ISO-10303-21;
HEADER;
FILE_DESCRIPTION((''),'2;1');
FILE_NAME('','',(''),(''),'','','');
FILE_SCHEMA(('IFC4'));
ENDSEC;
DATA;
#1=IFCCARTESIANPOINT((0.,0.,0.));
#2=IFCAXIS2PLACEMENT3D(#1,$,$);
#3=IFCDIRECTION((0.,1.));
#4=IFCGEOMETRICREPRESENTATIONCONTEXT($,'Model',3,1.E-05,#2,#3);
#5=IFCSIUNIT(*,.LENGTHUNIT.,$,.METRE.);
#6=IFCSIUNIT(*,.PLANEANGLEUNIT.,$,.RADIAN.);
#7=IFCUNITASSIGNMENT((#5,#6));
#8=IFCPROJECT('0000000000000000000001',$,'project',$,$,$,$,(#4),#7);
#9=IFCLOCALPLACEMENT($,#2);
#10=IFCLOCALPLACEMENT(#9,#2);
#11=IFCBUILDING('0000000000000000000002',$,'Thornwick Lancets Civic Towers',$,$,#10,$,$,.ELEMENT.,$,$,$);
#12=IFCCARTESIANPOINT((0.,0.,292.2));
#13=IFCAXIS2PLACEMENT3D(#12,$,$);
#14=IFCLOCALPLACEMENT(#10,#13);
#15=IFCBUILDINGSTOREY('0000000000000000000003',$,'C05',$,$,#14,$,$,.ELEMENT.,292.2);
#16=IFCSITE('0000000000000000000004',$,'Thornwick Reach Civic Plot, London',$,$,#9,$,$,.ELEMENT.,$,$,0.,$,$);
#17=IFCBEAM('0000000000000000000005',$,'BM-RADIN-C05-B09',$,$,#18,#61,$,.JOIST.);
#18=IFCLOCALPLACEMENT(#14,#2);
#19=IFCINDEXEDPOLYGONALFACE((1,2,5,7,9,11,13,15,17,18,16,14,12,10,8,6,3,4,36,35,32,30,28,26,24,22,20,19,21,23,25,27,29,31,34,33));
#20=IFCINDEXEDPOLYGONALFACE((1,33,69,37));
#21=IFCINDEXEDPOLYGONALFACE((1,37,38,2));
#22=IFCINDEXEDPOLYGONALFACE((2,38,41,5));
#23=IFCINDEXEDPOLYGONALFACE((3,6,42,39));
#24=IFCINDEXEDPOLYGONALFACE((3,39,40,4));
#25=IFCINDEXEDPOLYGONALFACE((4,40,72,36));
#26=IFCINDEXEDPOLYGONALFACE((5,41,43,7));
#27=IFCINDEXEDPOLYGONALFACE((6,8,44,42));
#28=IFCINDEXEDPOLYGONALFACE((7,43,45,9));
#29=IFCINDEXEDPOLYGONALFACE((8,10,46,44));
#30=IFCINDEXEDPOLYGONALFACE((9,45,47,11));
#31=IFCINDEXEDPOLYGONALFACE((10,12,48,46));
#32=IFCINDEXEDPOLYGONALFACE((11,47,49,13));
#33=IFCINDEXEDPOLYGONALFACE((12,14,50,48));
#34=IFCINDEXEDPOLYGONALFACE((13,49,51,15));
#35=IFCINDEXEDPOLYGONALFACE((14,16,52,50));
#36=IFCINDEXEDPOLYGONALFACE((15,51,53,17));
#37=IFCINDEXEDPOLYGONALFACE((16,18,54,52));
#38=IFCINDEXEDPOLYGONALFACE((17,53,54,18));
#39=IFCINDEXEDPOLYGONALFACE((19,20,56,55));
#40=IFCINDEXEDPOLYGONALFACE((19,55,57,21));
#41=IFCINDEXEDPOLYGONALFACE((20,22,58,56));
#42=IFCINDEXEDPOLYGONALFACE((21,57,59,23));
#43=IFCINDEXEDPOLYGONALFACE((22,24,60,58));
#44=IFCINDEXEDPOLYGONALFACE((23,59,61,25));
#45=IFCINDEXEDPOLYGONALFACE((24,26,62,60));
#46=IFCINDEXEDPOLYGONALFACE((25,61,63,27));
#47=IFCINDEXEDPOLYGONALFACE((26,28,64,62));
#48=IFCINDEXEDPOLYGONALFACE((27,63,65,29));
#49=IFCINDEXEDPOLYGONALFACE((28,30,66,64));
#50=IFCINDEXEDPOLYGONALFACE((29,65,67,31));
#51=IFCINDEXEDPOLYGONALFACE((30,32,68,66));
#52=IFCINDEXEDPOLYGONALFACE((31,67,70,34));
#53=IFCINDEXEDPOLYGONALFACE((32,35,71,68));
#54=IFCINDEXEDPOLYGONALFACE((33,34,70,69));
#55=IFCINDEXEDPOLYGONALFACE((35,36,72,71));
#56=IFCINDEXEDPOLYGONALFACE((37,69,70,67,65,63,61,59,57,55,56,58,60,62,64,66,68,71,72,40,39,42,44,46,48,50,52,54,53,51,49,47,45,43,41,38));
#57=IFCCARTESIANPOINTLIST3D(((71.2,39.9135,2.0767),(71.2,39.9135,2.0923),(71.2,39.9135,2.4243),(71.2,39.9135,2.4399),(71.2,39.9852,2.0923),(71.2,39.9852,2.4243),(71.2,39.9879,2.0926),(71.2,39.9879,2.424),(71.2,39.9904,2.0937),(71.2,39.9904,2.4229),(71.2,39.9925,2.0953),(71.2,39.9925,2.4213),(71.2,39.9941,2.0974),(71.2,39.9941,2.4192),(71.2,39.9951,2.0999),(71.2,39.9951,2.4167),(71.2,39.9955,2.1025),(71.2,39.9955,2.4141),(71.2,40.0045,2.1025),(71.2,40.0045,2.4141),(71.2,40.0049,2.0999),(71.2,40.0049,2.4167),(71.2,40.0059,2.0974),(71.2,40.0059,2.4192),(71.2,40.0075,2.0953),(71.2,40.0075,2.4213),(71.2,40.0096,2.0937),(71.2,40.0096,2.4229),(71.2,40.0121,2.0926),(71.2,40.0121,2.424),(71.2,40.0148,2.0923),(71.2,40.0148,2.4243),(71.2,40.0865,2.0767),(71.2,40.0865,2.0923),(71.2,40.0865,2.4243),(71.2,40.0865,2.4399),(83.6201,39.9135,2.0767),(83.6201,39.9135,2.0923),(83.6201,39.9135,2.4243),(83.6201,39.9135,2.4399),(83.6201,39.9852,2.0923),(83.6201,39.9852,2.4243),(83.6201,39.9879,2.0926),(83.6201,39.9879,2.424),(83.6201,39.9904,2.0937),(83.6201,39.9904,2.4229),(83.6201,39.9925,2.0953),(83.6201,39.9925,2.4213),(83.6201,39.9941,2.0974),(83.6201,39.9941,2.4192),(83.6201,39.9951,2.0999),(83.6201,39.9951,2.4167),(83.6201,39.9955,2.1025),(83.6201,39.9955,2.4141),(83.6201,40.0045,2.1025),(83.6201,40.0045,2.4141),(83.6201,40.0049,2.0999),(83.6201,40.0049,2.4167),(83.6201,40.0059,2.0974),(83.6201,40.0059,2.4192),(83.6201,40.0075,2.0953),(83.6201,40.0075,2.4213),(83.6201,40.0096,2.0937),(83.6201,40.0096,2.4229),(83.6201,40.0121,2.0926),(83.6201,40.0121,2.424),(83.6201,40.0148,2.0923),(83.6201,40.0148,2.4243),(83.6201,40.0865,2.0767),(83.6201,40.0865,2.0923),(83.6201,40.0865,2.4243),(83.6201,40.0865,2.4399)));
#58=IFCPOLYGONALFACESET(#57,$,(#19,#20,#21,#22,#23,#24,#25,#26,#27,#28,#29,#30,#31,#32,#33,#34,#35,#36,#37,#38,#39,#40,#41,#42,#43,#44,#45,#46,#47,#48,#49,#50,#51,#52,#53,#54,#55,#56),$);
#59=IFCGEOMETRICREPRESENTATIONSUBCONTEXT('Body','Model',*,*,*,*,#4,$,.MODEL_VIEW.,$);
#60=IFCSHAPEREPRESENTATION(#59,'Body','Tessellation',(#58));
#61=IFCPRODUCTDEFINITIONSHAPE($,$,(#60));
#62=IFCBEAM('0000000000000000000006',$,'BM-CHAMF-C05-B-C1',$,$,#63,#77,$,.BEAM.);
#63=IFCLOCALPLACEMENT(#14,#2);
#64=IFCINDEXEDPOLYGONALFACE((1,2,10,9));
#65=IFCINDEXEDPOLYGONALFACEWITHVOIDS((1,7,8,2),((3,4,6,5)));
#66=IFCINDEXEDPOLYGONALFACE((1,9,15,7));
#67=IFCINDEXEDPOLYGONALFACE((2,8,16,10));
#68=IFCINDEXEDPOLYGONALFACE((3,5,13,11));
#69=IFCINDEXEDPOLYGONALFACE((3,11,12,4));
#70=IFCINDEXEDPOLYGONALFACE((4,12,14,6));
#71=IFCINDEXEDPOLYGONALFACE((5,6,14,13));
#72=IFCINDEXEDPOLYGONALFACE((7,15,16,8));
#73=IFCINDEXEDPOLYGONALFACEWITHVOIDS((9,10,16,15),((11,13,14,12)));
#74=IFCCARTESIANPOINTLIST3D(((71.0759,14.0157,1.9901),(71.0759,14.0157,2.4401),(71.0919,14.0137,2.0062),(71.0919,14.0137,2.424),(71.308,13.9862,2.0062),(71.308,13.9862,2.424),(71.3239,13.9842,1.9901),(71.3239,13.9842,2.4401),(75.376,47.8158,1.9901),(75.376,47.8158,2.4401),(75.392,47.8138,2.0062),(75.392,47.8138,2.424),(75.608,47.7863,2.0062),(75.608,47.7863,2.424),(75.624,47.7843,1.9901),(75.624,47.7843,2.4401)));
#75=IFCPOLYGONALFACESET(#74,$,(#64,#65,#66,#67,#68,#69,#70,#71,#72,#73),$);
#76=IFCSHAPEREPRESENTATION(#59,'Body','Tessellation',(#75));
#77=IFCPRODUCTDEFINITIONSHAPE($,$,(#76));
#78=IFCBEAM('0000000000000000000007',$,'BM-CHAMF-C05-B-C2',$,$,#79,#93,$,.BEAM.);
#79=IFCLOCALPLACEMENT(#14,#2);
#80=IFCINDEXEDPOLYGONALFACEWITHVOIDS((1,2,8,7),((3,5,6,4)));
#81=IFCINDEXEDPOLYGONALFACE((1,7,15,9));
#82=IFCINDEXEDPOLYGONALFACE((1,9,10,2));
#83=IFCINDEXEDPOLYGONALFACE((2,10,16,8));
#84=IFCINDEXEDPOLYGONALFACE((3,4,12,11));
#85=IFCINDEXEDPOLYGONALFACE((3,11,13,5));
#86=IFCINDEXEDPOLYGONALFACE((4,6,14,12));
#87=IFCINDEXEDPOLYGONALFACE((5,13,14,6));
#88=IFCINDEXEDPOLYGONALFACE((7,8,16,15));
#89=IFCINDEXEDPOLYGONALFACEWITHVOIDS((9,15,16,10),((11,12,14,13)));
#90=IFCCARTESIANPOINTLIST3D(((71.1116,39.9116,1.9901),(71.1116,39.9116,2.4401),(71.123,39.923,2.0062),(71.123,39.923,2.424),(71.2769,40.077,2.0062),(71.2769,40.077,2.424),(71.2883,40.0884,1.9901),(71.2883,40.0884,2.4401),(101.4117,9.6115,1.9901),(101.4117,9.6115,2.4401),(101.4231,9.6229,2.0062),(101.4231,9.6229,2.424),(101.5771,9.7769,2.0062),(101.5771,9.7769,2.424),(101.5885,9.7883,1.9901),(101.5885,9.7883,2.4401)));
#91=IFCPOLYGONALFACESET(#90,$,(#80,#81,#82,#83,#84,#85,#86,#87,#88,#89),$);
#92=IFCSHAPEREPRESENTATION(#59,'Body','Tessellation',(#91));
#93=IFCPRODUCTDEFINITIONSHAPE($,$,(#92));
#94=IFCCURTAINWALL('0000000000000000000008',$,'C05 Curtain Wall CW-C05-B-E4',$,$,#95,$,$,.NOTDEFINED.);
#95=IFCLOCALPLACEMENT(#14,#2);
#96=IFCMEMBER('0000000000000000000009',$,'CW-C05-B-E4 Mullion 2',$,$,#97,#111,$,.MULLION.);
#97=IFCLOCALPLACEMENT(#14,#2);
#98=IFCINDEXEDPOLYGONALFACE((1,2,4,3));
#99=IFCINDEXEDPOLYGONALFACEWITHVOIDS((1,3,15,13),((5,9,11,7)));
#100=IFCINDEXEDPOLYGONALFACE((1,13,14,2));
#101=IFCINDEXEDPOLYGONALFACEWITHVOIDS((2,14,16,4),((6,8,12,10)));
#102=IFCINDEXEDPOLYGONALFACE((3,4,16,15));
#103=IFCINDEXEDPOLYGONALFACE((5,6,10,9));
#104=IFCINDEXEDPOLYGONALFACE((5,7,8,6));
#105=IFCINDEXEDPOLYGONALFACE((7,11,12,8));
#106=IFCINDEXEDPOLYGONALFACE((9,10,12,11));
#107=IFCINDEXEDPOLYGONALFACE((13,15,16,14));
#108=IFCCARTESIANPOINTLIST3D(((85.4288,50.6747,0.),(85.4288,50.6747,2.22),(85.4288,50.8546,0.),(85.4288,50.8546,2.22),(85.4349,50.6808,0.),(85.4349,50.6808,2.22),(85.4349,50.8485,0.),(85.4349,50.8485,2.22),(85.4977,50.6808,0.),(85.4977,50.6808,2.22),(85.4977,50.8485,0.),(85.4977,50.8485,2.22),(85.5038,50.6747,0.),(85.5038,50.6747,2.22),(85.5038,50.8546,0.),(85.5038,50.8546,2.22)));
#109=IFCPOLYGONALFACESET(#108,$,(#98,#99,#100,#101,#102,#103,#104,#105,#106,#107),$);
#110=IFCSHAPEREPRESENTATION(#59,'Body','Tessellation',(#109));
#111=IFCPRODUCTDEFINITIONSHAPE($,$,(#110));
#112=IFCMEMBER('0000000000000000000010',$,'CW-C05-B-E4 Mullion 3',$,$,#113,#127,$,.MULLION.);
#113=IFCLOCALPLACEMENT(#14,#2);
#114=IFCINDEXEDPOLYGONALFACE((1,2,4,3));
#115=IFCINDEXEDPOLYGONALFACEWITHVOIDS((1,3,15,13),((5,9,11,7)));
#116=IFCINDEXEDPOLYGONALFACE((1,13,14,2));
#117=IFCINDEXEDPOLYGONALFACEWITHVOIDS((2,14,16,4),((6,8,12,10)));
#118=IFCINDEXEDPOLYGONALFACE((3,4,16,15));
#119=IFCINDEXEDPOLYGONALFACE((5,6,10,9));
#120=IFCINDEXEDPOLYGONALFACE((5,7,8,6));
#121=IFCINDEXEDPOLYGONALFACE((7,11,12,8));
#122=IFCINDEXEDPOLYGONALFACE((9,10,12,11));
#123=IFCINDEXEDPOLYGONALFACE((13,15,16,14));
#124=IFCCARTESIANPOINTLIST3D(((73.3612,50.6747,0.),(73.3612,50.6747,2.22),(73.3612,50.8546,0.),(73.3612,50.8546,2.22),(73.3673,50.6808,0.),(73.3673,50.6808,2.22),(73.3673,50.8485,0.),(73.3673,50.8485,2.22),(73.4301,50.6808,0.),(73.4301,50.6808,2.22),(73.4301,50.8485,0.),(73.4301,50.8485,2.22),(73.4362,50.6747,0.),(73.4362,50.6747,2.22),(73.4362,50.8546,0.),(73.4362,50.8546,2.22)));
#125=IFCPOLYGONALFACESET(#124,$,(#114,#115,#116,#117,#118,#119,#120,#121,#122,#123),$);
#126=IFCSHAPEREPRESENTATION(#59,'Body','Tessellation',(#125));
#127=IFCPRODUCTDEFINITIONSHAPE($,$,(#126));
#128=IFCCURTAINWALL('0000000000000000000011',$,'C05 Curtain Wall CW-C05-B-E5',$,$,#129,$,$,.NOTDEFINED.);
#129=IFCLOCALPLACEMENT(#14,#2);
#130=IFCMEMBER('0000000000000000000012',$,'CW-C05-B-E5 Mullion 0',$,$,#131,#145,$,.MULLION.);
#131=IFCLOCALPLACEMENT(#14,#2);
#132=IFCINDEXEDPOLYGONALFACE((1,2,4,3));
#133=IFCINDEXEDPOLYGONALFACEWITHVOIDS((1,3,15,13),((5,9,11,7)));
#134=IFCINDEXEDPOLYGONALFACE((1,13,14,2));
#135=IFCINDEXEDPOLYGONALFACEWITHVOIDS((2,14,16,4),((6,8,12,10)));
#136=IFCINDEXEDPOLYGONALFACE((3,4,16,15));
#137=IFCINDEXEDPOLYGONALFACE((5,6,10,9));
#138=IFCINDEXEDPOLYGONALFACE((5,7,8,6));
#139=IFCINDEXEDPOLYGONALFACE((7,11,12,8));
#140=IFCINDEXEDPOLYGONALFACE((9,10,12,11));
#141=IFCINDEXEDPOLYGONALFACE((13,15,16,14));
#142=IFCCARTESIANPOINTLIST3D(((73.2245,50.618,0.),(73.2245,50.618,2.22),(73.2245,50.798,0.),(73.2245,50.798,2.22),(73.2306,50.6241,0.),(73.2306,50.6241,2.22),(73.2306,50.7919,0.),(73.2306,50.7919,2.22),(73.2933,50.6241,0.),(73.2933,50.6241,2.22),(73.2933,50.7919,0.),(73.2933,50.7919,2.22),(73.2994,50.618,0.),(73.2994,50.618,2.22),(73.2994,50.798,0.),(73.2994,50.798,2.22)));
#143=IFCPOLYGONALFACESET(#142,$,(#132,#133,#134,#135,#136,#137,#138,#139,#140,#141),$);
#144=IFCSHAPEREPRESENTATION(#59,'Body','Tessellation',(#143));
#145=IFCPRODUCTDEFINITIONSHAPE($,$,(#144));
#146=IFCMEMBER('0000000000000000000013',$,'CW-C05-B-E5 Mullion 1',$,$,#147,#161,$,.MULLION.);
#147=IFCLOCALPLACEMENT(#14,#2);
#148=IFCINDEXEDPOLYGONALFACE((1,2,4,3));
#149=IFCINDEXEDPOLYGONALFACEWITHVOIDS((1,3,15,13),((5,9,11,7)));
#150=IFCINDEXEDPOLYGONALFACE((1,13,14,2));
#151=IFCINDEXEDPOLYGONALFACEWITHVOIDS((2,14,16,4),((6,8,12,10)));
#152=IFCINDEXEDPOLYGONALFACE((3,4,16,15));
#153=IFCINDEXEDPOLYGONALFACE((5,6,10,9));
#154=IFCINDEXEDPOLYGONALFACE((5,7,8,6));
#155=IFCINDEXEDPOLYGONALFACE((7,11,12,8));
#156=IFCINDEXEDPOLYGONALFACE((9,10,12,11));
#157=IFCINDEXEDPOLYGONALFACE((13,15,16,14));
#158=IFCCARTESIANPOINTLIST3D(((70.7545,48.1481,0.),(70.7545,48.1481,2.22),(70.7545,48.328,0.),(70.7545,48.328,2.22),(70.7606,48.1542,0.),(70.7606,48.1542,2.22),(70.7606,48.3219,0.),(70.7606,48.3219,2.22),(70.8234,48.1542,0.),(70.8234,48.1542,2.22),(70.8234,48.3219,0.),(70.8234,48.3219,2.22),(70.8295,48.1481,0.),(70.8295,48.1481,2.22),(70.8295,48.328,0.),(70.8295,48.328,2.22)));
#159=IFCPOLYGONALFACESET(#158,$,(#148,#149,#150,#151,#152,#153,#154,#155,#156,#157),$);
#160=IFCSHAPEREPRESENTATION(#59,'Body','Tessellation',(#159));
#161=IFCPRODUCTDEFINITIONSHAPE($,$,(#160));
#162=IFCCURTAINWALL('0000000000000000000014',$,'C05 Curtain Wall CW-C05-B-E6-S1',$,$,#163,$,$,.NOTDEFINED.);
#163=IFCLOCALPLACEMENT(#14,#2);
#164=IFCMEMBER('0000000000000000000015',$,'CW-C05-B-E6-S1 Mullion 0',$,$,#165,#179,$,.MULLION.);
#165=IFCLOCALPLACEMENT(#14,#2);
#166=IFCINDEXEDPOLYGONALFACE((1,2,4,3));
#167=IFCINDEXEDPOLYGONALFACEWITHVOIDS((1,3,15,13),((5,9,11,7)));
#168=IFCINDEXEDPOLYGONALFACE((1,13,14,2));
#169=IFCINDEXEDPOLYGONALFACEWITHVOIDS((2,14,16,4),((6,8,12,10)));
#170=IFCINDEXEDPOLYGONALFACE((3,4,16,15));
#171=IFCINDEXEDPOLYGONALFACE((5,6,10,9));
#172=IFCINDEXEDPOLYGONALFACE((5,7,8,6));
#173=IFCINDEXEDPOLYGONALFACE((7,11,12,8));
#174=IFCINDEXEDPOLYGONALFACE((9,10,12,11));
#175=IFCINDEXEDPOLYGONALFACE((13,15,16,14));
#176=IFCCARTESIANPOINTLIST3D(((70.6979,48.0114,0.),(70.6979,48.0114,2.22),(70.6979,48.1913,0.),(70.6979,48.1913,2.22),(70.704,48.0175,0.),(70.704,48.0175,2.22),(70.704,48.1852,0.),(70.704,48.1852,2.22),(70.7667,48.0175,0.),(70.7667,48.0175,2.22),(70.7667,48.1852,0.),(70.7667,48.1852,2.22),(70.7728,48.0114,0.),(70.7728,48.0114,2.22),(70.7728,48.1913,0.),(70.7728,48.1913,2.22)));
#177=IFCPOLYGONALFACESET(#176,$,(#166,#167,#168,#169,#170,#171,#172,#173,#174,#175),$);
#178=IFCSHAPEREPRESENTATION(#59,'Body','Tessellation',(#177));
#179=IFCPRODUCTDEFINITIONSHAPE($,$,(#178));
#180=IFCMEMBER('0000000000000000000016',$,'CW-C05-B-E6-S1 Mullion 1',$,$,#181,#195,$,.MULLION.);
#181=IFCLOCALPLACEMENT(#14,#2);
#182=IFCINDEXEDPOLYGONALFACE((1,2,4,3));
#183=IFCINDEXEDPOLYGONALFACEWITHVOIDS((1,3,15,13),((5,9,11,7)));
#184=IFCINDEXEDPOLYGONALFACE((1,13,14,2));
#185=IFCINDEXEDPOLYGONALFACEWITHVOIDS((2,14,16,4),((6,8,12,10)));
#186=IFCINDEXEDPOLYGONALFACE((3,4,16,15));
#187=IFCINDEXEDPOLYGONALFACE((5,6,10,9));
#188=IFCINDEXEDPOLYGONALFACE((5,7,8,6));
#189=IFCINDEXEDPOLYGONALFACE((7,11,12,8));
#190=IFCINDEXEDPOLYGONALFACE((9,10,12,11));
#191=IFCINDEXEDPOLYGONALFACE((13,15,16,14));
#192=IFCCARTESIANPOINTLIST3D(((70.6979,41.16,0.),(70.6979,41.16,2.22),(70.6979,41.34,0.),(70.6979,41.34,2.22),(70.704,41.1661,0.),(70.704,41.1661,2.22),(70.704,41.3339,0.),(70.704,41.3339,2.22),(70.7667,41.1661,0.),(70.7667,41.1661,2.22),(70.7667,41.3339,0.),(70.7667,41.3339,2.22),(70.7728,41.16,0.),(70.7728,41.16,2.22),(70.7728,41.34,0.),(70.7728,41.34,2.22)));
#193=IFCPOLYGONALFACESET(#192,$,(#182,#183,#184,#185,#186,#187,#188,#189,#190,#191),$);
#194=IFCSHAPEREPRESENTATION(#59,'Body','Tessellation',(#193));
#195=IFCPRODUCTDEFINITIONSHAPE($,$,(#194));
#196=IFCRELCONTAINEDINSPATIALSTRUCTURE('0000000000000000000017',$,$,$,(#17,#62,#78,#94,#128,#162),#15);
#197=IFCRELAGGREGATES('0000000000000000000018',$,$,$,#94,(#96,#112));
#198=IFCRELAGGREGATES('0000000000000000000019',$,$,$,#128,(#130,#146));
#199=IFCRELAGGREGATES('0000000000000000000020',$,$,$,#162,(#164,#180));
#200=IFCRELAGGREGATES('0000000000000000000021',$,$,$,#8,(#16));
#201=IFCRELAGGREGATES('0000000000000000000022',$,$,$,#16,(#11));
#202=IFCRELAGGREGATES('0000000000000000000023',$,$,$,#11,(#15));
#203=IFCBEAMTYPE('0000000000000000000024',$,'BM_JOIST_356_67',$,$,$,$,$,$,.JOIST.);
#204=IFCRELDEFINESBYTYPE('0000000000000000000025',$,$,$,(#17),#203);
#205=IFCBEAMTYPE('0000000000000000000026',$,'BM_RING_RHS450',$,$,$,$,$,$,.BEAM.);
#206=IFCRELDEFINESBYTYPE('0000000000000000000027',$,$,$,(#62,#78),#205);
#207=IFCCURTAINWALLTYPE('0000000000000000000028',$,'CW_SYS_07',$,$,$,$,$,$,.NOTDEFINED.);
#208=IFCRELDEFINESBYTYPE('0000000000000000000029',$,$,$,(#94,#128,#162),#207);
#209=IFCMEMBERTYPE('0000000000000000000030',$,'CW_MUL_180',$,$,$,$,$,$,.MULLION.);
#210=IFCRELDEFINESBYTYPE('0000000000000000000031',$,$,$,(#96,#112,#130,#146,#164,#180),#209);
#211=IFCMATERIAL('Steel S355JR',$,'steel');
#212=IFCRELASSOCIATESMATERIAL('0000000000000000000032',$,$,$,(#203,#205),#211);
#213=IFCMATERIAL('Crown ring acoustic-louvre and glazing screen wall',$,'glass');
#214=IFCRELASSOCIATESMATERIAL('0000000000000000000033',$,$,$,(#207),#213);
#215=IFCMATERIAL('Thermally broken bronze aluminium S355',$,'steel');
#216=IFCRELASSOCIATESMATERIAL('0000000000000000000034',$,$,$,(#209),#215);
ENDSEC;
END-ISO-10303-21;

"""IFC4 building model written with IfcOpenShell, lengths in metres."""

from ifc_helpers import new_model, si_unit, direction, frame, origin, origin_2d, place, context, subcontext, project, spatial, hollow_rectangle, i_section, extrude, material, material_profile, profile_set, type_object, element, aggregate, save


model = new_model("IFC4")

# Units and contexts
model_context = context("Model", 3, precision=1e-05, world=origin(), true_north=direction((0.0, 1.0)))
body_context = subcontext(model_context, "Body", "Model", "MODEL_VIEW")
ifc_project = project(units=[si_unit("LENGTHUNIT", "METRE"), si_unit("PLANEANGLEUNIT", "RADIAN")], contexts=[model_context])

# Site, building, storey
site_placement = place(None, origin())
site = spatial("IfcSite", under=ifc_project, at=site_placement, Name="Thornwick Reach Civic Plot, London", CompositionType="ELEMENT", RefElevation=0.0)
building_placement = place(site_placement, origin())
building = spatial("IfcBuilding", under=site, at=building_placement, Name="Thornwick Lancets Civic Towers", CompositionType="ELEMENT")
storey_placement = place(building_placement, frame((0.0, 0.0, 292.2)))
storey = spatial("IfcBuildingStorey", under=building, at=storey_placement, Name="C05", CompositionType="ELEMENT", Elevation=292.2)

# Shared definitions
ifc_material_1 = material(Name="Steel S355JR", Category="steel")

# Beams
ifc_material_profile_1 = material_profile(ifc_material_1, i_section(OverallWidth=0.1731, OverallDepth=0.3633, WebThickness=0.009, FlangeThickness=0.0156, FilletRadius=0.0103, at=origin_2d()), Name="UKB 356x171x67")
ifc_profile_set_1 = profile_set([ifc_material_profile_1], Name="Steel S355JR")
beam_type_1 = type_object("IfcBeamType", Name="BM_JOIST_356_67", PredefinedType="JOIST", material=ifc_profile_set_1)
beam_1_placement = place(storey_placement, frame((83.6201, 40.0, 2.2583), z_axis=(-1.0, 0.0, 0.0), x_axis=(0.0, -1.0, 0.0)))
element("IfcBeam", 1, at=beam_1_placement, inside=storey, type_object=beam_type_1, Name="BM-RADIN-C05-B09", PredefinedType="JOIST", context=body_context, shape_type="SweptSolid", body=[
    extrude(i_section(OverallWidth=0.1731, OverallDepth=0.3633, WebThickness=0.009, FlangeThickness=0.0156, FilletRadius=0.0103, at=origin_2d()), origin(), (0.0, 0.0, 1.0), 12.4202),
])
ifc_material_profile_2 = material_profile(ifc_material_1, hollow_rectangle(XDim=0.25, YDim=0.45, WallThickness=0.0161, at=origin_2d()), Name="RHS 450x250x16")
ifc_profile_set_2 = profile_set([ifc_material_profile_2], Name="Steel S355JR")
beam_type_2 = type_object("IfcBeamType", Name="BM_RING_RHS450", PredefinedType="BEAM", material=ifc_profile_set_2)
beam_2_placement = place(storey_placement, frame((75.5, 47.8, 2.2151), z_axis=(-0.126203, -0.992004, 0.0), x_axis=(0.992004, -0.126203, 0.0)))
element("IfcBeam", 2, at=beam_2_placement, inside=storey, type_object=beam_type_2, Name="BM-CHAMF-C05-B-C1", PredefinedType="BEAM", context=body_context, shape_type="SweptSolid", body=[
    extrude(hollow_rectangle(XDim=0.25, YDim=0.45, WallThickness=0.0161, at=origin_2d()), origin(), (0.0, 0.0, 1.0), 34.0725),
])
beam_3_placement = place(storey_placement, frame((71.2, 40.0, 2.2151), z_axis=(0.707107, -0.707107, 0.0), x_axis=(0.707107, 0.707107, 0.0)))
element("IfcBeam", 3, at=beam_3_placement, inside=storey, type_object=beam_type_2, Name="BM-CHAMF-C05-B-C2", PredefinedType="BEAM", context=body_context, shape_type="SweptSolid", body=[
    extrude(hollow_rectangle(XDim=0.25, YDim=0.45, WallThickness=0.0161, at=origin_2d()), origin(), (0.0, 0.0, 1.0), 42.8508),
])

# Curtain walls, members
ifc_material_2 = material(Name="Crown ring acoustic-louvre and glazing screen wall", Category="glass")
curtain_wall_type = type_object("IfcCurtainWallType", Name="CW_SYS_07", PredefinedType="NOTDEFINED", material=ifc_material_2)
curtain_wall_1_placement = place(storey_placement, origin())
curtain_wall_1 = element("IfcCurtainWall", 4, at=curtain_wall_1_placement, inside=storey, type_object=curtain_wall_type, Name="C05 Curtain Wall CW-C05-B-E4", PredefinedType="NOTDEFINED")
ifc_material_3 = material(Name="Thermally broken bronze aluminium S355", Category="steel")
ifc_material_profile_3 = material_profile(ifc_material_3, hollow_rectangle(XDim=0.075, YDim=0.1799, WallThickness=0.0061, at=origin_2d()), Name="RHS 180x75x6")
ifc_profile_set_3 = profile_set([ifc_material_profile_3], Name="Thermally broken bronze aluminium S355")
member_type_1 = type_object("IfcMemberType", Name="CW_MUL_180", PredefinedType="MULLION", material=ifc_profile_set_3)
member_1_placement = place(storey_placement, frame((85.4663, 50.7646, 0.0), z_axis=(0.0, 0.0, 1.0), x_axis=(1.0, 0.0, 0.0)))
member_1 = element("IfcMember", 5, at=member_1_placement, type_object=member_type_1, Name="CW-C05-B-E4 Mullion 2", PredefinedType="MULLION", context=body_context, shape_type="SweptSolid", body=[
    extrude(hollow_rectangle(XDim=0.075, YDim=0.1799, WallThickness=0.0061, at=origin_2d()), origin(), (0.0, 0.0, 1.0), 2.22),
])
member_2_placement = place(storey_placement, frame((73.3987, 50.7646, 0.0), z_axis=(0.0, 0.0, 1.0), x_axis=(1.0, 0.0, 0.0)))
member_2 = element("IfcMember", 6, at=member_2_placement, type_object=member_type_1, Name="CW-C05-B-E4 Mullion 3", PredefinedType="MULLION", context=body_context, shape_type="SweptSolid", body=[
    extrude(hollow_rectangle(XDim=0.075, YDim=0.1799, WallThickness=0.0061, at=origin_2d()), origin(), (0.0, 0.0, 1.0), 2.22),
])
curtain_wall_2_placement = place(storey_placement, origin())
curtain_wall_2 = element("IfcCurtainWall", 7, at=curtain_wall_2_placement, inside=storey, type_object=curtain_wall_type, Name="C05 Curtain Wall CW-C05-B-E5", PredefinedType="NOTDEFINED")
member_3_placement = place(storey_placement, frame((73.262, 50.708, 0.0), z_axis=(0.0, 0.0, 1.0), x_axis=(1.0, 0.0, 0.0)))
member_3 = element("IfcMember", 8, at=member_3_placement, type_object=member_type_1, Name="CW-C05-B-E5 Mullion 0", PredefinedType="MULLION", context=body_context, shape_type="SweptSolid", body=[
    extrude(hollow_rectangle(XDim=0.075, YDim=0.1799, WallThickness=0.0061, at=origin_2d()), origin(), (0.0, 0.0, 1.0), 2.22),
])
member_4_placement = place(storey_placement, frame((70.792, 48.238, 0.0), z_axis=(0.0, 0.0, 1.0), x_axis=(1.0, 0.0, 0.0)))
member_4 = element("IfcMember", 9, at=member_4_placement, type_object=member_type_1, Name="CW-C05-B-E5 Mullion 1", PredefinedType="MULLION", context=body_context, shape_type="SweptSolid", body=[
    extrude(hollow_rectangle(XDim=0.075, YDim=0.1799, WallThickness=0.0061, at=origin_2d()), origin(), (0.0, 0.0, 1.0), 2.22),
])
curtain_wall_3_placement = place(storey_placement, origin())
curtain_wall_3 = element("IfcCurtainWall", 10, at=curtain_wall_3_placement, inside=storey, type_object=curtain_wall_type, Name="C05 Curtain Wall CW-C05-B-E6-S1", PredefinedType="NOTDEFINED")
member_5_placement = place(storey_placement, frame((70.7354, 48.1013, 0.0), z_axis=(0.0, 0.0, 1.0), x_axis=(1.0, 0.0, 0.0)))
member_5 = element("IfcMember", 11, at=member_5_placement, type_object=member_type_1, Name="CW-C05-B-E6-S1 Mullion 0", PredefinedType="MULLION", context=body_context, shape_type="SweptSolid", body=[
    extrude(hollow_rectangle(XDim=0.075, YDim=0.1799, WallThickness=0.0061, at=origin_2d()), origin(), (0.0, 0.0, 1.0), 2.22),
])
member_6_placement = place(storey_placement, frame((70.7354, 41.25, 0.0), z_axis=(0.0, 0.0, 1.0), x_axis=(1.0, 0.0, 0.0)))
member_6 = element("IfcMember", 12, at=member_6_placement, type_object=member_type_1, Name="CW-C05-B-E6-S1 Mullion 1", PredefinedType="MULLION", context=body_context, shape_type="SweptSolid", body=[
    extrude(hollow_rectangle(XDim=0.075, YDim=0.1799, WallThickness=0.0061, at=origin_2d()), origin(), (0.0, 0.0, 1.0), 2.22),
])

aggregate(curtain_wall_1, [member_1, member_2])
aggregate(curtain_wall_2, [member_3, member_4])
aggregate(curtain_wall_3, [member_5, member_6])

save(model, "model.ifc")
